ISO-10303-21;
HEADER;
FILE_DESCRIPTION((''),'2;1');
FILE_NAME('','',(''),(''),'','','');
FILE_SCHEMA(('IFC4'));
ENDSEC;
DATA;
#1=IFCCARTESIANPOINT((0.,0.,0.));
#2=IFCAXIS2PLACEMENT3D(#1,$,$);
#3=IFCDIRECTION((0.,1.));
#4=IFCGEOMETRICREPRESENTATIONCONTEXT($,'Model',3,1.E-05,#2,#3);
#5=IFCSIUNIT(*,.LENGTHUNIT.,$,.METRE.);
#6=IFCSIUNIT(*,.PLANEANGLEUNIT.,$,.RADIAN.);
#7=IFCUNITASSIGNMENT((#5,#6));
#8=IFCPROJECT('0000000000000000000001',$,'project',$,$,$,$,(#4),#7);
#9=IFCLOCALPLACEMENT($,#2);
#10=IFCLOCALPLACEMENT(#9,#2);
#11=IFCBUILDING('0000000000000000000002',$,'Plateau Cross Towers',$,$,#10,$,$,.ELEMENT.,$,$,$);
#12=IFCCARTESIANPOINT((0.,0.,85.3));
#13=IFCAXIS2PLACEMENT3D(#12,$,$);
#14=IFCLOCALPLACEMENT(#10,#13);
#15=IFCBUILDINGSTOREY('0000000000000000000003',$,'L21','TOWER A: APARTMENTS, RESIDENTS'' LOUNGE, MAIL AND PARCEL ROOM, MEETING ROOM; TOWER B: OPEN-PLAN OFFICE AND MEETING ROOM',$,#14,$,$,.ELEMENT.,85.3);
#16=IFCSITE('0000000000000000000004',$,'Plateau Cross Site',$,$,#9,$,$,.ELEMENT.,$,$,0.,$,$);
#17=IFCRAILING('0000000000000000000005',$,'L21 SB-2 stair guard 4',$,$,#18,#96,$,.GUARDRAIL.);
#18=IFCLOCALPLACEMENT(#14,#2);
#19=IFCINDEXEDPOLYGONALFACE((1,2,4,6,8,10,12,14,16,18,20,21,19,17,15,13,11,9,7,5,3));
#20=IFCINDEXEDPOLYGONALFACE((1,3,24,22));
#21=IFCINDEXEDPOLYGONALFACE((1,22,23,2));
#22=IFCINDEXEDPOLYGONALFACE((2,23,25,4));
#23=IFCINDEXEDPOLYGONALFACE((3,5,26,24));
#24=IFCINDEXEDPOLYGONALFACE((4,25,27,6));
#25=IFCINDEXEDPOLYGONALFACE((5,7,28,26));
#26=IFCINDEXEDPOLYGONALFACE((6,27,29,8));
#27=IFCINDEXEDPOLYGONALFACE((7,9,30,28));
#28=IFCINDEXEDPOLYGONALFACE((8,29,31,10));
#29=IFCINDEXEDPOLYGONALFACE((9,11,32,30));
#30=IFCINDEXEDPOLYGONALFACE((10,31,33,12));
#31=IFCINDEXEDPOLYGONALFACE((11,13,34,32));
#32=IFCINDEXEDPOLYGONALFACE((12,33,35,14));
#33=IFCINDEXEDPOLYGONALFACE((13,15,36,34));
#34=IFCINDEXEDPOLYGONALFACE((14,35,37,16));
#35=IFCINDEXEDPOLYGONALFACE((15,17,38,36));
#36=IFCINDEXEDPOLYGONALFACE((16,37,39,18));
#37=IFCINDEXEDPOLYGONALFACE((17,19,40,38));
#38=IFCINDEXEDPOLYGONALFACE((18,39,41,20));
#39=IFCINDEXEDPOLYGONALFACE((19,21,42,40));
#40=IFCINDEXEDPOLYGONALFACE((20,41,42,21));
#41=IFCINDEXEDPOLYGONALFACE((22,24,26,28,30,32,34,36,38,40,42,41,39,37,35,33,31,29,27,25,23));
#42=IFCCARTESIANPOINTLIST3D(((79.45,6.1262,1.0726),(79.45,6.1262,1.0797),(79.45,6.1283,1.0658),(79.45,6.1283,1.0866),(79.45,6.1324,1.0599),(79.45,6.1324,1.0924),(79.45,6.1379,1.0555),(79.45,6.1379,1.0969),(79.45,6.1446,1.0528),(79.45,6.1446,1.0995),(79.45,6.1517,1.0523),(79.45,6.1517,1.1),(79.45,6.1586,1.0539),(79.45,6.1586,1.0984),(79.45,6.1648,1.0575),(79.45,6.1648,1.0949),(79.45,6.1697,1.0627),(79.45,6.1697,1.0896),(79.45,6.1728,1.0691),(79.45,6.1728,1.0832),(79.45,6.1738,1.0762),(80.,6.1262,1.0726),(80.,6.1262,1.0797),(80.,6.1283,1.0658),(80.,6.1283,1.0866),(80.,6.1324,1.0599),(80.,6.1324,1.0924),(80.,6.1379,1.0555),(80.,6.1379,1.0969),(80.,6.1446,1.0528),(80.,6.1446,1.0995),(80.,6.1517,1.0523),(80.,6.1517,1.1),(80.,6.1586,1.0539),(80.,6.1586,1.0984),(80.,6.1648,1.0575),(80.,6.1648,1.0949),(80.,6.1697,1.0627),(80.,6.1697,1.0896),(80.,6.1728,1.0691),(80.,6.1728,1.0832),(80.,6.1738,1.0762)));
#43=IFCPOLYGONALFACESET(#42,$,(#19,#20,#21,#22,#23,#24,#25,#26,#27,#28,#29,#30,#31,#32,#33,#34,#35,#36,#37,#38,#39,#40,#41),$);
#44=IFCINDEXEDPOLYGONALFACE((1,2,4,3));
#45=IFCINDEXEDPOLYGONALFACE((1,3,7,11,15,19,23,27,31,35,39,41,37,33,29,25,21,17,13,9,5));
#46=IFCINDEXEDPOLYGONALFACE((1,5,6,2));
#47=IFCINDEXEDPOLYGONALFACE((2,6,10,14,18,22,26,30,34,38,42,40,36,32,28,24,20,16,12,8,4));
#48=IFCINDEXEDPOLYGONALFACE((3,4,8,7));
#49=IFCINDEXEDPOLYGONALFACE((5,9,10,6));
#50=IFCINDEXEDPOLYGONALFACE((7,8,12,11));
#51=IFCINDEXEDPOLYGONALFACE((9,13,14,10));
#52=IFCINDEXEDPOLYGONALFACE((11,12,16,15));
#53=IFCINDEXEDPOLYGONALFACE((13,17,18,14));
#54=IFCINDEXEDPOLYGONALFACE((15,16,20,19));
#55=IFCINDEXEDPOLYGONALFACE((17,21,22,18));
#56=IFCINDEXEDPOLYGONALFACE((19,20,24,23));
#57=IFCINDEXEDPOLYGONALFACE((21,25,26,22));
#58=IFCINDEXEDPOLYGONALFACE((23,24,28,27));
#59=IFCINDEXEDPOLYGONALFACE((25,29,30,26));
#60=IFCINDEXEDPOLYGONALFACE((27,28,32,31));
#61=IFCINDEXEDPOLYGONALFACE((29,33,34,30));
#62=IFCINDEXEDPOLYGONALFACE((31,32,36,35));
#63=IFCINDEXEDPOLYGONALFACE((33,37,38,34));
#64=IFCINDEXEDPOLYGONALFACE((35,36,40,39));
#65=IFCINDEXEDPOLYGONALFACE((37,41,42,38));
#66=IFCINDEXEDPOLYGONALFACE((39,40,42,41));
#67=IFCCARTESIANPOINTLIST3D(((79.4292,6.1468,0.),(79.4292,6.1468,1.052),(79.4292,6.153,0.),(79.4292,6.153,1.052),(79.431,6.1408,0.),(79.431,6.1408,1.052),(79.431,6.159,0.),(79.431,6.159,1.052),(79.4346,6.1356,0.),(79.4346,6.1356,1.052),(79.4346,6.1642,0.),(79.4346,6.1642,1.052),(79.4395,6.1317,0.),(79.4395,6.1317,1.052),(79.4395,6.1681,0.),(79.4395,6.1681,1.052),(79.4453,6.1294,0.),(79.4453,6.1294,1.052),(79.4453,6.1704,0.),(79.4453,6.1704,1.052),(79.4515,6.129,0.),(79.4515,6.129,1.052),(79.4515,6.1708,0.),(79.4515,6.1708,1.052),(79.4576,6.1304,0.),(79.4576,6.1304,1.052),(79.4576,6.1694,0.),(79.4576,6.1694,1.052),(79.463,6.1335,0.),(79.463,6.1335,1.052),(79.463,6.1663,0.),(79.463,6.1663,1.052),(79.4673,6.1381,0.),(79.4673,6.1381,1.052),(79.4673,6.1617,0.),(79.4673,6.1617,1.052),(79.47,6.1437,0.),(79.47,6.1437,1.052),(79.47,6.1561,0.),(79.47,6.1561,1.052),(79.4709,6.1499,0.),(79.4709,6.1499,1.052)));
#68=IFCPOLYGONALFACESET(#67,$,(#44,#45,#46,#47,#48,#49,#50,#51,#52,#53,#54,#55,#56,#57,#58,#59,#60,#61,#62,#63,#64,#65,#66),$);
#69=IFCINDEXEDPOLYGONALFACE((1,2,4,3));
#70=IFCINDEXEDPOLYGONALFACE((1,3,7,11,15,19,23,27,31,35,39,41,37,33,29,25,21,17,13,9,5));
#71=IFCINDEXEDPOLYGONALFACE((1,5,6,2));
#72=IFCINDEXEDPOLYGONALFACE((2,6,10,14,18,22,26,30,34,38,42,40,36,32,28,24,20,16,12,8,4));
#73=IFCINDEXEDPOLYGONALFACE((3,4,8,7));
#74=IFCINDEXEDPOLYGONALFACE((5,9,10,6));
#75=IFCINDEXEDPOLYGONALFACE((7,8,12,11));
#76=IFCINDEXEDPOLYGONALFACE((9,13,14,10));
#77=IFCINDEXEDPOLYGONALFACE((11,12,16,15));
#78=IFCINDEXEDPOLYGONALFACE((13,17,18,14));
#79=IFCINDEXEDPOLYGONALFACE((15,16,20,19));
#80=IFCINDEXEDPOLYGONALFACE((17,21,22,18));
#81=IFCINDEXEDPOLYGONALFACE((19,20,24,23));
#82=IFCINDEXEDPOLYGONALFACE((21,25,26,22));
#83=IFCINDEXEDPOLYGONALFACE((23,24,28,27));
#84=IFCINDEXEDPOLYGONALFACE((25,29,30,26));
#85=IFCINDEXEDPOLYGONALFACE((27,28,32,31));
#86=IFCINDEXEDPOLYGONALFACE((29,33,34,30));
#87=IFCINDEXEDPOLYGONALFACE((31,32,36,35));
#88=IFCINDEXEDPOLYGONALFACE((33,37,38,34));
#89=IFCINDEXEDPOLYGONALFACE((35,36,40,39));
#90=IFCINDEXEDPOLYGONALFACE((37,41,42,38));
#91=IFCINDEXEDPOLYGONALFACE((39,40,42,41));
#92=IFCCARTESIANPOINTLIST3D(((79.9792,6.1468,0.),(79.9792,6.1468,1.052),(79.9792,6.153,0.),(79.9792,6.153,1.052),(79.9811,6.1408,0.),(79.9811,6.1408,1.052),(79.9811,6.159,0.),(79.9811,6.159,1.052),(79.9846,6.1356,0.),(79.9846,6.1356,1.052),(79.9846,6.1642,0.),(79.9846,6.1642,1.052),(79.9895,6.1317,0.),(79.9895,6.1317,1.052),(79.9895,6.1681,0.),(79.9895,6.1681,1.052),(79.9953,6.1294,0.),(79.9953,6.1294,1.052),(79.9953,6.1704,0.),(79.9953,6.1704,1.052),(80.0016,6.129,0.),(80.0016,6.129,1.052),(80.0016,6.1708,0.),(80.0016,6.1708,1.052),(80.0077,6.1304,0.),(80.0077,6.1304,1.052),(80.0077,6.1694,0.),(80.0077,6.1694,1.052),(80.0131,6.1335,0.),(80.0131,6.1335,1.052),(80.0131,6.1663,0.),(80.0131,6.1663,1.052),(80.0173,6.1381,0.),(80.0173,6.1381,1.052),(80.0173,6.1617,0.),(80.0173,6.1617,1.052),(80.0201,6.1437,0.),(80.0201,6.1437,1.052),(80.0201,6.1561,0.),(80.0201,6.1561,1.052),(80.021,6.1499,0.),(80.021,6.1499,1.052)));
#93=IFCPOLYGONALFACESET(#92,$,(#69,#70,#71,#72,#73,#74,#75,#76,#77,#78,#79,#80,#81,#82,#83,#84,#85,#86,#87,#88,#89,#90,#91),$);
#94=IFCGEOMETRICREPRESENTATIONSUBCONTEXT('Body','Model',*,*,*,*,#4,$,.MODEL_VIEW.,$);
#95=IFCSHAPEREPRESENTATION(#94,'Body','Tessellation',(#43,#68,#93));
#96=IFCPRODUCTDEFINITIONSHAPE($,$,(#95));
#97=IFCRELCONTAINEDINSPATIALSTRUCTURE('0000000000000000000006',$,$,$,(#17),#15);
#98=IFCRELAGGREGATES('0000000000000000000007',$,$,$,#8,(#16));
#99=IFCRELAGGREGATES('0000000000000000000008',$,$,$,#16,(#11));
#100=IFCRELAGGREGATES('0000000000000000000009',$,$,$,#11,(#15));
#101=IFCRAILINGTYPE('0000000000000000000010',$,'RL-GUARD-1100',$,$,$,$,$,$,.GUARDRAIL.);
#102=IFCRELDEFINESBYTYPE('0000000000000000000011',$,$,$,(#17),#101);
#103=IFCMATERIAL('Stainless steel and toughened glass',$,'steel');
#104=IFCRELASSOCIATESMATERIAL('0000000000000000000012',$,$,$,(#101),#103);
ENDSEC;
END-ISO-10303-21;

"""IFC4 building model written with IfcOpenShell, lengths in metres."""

from ifc_helpers import new_model, si_unit, direction, frame, origin, origin_2d, place, context, subcontext, project, spatial, circle, extrude, material, type_object, element, save


model = new_model("IFC4")

# Units and contexts
model_context = context("Model", 3, precision=1e-05, world=origin(), true_north=direction((0.0, 1.0)))
body_context = subcontext(model_context, "Body", "Model", "MODEL_VIEW")
ifc_project = project(units=[si_unit("LENGTHUNIT", "METRE"), si_unit("PLANEANGLEUNIT", "RADIAN")], contexts=[model_context])

# Site, building, storey
site_placement = place(None, origin())
site = spatial("IfcSite", under=ifc_project, at=site_placement, Name="Plateau Cross Site", CompositionType="ELEMENT", RefElevation=0.0)
building_placement = place(site_placement, origin())
building = spatial("IfcBuilding", under=site, at=building_placement, Name="Plateau Cross Towers", CompositionType="ELEMENT")
storey_placement = place(building_placement, frame((0.0, 0.0, 85.3)))
storey = spatial("IfcBuildingStorey", under=building, at=storey_placement, Name="L21", Description="TOWER A: APARTMENTS, RESIDENTS' LOUNGE, MAIL AND PARCEL ROOM, MEETING ROOM; TOWER B: OPEN-PLAN OFFICE AND MEETING ROOM", CompositionType="ELEMENT", Elevation=85.3)

# Railing
ifc_material_1 = material(Name="Stainless steel and toughened glass", Category="steel")
railing_type = type_object("IfcRailingType", Name="RL-GUARD-1100", PredefinedType="GUARDRAIL", material=ifc_material_1)
railing_1_placement = place(storey_placement, frame((79.45, 6.1499, 0.0)))
element("IfcRailing", 1, at=railing_1_placement, inside=storey, type_object=railing_type, Name="L21 SB-2 stair guard 4", PredefinedType="GUARDRAIL", context=body_context, shape_type="SweptSolid", body=[
    extrude(circle(Radius=0.0239, at=origin_2d()), frame((0.0, 0.0, 1.0762), z_axis=(1.0, 0.0, 0.0), x_axis=(0.0, 1.0, 0.0)), (0.0, 0.0, 1.0), 0.55),
    extrude(circle(Radius=0.021, at=origin_2d()), origin(), (0.0, 0.0, 1.0), 1.052),
    extrude(circle(Radius=0.021, at=origin_2d()), frame((0.55, 0.0, 0.0)), (0.0, 0.0, 1.0), 1.052),
])

save(model, "model.ifc")
